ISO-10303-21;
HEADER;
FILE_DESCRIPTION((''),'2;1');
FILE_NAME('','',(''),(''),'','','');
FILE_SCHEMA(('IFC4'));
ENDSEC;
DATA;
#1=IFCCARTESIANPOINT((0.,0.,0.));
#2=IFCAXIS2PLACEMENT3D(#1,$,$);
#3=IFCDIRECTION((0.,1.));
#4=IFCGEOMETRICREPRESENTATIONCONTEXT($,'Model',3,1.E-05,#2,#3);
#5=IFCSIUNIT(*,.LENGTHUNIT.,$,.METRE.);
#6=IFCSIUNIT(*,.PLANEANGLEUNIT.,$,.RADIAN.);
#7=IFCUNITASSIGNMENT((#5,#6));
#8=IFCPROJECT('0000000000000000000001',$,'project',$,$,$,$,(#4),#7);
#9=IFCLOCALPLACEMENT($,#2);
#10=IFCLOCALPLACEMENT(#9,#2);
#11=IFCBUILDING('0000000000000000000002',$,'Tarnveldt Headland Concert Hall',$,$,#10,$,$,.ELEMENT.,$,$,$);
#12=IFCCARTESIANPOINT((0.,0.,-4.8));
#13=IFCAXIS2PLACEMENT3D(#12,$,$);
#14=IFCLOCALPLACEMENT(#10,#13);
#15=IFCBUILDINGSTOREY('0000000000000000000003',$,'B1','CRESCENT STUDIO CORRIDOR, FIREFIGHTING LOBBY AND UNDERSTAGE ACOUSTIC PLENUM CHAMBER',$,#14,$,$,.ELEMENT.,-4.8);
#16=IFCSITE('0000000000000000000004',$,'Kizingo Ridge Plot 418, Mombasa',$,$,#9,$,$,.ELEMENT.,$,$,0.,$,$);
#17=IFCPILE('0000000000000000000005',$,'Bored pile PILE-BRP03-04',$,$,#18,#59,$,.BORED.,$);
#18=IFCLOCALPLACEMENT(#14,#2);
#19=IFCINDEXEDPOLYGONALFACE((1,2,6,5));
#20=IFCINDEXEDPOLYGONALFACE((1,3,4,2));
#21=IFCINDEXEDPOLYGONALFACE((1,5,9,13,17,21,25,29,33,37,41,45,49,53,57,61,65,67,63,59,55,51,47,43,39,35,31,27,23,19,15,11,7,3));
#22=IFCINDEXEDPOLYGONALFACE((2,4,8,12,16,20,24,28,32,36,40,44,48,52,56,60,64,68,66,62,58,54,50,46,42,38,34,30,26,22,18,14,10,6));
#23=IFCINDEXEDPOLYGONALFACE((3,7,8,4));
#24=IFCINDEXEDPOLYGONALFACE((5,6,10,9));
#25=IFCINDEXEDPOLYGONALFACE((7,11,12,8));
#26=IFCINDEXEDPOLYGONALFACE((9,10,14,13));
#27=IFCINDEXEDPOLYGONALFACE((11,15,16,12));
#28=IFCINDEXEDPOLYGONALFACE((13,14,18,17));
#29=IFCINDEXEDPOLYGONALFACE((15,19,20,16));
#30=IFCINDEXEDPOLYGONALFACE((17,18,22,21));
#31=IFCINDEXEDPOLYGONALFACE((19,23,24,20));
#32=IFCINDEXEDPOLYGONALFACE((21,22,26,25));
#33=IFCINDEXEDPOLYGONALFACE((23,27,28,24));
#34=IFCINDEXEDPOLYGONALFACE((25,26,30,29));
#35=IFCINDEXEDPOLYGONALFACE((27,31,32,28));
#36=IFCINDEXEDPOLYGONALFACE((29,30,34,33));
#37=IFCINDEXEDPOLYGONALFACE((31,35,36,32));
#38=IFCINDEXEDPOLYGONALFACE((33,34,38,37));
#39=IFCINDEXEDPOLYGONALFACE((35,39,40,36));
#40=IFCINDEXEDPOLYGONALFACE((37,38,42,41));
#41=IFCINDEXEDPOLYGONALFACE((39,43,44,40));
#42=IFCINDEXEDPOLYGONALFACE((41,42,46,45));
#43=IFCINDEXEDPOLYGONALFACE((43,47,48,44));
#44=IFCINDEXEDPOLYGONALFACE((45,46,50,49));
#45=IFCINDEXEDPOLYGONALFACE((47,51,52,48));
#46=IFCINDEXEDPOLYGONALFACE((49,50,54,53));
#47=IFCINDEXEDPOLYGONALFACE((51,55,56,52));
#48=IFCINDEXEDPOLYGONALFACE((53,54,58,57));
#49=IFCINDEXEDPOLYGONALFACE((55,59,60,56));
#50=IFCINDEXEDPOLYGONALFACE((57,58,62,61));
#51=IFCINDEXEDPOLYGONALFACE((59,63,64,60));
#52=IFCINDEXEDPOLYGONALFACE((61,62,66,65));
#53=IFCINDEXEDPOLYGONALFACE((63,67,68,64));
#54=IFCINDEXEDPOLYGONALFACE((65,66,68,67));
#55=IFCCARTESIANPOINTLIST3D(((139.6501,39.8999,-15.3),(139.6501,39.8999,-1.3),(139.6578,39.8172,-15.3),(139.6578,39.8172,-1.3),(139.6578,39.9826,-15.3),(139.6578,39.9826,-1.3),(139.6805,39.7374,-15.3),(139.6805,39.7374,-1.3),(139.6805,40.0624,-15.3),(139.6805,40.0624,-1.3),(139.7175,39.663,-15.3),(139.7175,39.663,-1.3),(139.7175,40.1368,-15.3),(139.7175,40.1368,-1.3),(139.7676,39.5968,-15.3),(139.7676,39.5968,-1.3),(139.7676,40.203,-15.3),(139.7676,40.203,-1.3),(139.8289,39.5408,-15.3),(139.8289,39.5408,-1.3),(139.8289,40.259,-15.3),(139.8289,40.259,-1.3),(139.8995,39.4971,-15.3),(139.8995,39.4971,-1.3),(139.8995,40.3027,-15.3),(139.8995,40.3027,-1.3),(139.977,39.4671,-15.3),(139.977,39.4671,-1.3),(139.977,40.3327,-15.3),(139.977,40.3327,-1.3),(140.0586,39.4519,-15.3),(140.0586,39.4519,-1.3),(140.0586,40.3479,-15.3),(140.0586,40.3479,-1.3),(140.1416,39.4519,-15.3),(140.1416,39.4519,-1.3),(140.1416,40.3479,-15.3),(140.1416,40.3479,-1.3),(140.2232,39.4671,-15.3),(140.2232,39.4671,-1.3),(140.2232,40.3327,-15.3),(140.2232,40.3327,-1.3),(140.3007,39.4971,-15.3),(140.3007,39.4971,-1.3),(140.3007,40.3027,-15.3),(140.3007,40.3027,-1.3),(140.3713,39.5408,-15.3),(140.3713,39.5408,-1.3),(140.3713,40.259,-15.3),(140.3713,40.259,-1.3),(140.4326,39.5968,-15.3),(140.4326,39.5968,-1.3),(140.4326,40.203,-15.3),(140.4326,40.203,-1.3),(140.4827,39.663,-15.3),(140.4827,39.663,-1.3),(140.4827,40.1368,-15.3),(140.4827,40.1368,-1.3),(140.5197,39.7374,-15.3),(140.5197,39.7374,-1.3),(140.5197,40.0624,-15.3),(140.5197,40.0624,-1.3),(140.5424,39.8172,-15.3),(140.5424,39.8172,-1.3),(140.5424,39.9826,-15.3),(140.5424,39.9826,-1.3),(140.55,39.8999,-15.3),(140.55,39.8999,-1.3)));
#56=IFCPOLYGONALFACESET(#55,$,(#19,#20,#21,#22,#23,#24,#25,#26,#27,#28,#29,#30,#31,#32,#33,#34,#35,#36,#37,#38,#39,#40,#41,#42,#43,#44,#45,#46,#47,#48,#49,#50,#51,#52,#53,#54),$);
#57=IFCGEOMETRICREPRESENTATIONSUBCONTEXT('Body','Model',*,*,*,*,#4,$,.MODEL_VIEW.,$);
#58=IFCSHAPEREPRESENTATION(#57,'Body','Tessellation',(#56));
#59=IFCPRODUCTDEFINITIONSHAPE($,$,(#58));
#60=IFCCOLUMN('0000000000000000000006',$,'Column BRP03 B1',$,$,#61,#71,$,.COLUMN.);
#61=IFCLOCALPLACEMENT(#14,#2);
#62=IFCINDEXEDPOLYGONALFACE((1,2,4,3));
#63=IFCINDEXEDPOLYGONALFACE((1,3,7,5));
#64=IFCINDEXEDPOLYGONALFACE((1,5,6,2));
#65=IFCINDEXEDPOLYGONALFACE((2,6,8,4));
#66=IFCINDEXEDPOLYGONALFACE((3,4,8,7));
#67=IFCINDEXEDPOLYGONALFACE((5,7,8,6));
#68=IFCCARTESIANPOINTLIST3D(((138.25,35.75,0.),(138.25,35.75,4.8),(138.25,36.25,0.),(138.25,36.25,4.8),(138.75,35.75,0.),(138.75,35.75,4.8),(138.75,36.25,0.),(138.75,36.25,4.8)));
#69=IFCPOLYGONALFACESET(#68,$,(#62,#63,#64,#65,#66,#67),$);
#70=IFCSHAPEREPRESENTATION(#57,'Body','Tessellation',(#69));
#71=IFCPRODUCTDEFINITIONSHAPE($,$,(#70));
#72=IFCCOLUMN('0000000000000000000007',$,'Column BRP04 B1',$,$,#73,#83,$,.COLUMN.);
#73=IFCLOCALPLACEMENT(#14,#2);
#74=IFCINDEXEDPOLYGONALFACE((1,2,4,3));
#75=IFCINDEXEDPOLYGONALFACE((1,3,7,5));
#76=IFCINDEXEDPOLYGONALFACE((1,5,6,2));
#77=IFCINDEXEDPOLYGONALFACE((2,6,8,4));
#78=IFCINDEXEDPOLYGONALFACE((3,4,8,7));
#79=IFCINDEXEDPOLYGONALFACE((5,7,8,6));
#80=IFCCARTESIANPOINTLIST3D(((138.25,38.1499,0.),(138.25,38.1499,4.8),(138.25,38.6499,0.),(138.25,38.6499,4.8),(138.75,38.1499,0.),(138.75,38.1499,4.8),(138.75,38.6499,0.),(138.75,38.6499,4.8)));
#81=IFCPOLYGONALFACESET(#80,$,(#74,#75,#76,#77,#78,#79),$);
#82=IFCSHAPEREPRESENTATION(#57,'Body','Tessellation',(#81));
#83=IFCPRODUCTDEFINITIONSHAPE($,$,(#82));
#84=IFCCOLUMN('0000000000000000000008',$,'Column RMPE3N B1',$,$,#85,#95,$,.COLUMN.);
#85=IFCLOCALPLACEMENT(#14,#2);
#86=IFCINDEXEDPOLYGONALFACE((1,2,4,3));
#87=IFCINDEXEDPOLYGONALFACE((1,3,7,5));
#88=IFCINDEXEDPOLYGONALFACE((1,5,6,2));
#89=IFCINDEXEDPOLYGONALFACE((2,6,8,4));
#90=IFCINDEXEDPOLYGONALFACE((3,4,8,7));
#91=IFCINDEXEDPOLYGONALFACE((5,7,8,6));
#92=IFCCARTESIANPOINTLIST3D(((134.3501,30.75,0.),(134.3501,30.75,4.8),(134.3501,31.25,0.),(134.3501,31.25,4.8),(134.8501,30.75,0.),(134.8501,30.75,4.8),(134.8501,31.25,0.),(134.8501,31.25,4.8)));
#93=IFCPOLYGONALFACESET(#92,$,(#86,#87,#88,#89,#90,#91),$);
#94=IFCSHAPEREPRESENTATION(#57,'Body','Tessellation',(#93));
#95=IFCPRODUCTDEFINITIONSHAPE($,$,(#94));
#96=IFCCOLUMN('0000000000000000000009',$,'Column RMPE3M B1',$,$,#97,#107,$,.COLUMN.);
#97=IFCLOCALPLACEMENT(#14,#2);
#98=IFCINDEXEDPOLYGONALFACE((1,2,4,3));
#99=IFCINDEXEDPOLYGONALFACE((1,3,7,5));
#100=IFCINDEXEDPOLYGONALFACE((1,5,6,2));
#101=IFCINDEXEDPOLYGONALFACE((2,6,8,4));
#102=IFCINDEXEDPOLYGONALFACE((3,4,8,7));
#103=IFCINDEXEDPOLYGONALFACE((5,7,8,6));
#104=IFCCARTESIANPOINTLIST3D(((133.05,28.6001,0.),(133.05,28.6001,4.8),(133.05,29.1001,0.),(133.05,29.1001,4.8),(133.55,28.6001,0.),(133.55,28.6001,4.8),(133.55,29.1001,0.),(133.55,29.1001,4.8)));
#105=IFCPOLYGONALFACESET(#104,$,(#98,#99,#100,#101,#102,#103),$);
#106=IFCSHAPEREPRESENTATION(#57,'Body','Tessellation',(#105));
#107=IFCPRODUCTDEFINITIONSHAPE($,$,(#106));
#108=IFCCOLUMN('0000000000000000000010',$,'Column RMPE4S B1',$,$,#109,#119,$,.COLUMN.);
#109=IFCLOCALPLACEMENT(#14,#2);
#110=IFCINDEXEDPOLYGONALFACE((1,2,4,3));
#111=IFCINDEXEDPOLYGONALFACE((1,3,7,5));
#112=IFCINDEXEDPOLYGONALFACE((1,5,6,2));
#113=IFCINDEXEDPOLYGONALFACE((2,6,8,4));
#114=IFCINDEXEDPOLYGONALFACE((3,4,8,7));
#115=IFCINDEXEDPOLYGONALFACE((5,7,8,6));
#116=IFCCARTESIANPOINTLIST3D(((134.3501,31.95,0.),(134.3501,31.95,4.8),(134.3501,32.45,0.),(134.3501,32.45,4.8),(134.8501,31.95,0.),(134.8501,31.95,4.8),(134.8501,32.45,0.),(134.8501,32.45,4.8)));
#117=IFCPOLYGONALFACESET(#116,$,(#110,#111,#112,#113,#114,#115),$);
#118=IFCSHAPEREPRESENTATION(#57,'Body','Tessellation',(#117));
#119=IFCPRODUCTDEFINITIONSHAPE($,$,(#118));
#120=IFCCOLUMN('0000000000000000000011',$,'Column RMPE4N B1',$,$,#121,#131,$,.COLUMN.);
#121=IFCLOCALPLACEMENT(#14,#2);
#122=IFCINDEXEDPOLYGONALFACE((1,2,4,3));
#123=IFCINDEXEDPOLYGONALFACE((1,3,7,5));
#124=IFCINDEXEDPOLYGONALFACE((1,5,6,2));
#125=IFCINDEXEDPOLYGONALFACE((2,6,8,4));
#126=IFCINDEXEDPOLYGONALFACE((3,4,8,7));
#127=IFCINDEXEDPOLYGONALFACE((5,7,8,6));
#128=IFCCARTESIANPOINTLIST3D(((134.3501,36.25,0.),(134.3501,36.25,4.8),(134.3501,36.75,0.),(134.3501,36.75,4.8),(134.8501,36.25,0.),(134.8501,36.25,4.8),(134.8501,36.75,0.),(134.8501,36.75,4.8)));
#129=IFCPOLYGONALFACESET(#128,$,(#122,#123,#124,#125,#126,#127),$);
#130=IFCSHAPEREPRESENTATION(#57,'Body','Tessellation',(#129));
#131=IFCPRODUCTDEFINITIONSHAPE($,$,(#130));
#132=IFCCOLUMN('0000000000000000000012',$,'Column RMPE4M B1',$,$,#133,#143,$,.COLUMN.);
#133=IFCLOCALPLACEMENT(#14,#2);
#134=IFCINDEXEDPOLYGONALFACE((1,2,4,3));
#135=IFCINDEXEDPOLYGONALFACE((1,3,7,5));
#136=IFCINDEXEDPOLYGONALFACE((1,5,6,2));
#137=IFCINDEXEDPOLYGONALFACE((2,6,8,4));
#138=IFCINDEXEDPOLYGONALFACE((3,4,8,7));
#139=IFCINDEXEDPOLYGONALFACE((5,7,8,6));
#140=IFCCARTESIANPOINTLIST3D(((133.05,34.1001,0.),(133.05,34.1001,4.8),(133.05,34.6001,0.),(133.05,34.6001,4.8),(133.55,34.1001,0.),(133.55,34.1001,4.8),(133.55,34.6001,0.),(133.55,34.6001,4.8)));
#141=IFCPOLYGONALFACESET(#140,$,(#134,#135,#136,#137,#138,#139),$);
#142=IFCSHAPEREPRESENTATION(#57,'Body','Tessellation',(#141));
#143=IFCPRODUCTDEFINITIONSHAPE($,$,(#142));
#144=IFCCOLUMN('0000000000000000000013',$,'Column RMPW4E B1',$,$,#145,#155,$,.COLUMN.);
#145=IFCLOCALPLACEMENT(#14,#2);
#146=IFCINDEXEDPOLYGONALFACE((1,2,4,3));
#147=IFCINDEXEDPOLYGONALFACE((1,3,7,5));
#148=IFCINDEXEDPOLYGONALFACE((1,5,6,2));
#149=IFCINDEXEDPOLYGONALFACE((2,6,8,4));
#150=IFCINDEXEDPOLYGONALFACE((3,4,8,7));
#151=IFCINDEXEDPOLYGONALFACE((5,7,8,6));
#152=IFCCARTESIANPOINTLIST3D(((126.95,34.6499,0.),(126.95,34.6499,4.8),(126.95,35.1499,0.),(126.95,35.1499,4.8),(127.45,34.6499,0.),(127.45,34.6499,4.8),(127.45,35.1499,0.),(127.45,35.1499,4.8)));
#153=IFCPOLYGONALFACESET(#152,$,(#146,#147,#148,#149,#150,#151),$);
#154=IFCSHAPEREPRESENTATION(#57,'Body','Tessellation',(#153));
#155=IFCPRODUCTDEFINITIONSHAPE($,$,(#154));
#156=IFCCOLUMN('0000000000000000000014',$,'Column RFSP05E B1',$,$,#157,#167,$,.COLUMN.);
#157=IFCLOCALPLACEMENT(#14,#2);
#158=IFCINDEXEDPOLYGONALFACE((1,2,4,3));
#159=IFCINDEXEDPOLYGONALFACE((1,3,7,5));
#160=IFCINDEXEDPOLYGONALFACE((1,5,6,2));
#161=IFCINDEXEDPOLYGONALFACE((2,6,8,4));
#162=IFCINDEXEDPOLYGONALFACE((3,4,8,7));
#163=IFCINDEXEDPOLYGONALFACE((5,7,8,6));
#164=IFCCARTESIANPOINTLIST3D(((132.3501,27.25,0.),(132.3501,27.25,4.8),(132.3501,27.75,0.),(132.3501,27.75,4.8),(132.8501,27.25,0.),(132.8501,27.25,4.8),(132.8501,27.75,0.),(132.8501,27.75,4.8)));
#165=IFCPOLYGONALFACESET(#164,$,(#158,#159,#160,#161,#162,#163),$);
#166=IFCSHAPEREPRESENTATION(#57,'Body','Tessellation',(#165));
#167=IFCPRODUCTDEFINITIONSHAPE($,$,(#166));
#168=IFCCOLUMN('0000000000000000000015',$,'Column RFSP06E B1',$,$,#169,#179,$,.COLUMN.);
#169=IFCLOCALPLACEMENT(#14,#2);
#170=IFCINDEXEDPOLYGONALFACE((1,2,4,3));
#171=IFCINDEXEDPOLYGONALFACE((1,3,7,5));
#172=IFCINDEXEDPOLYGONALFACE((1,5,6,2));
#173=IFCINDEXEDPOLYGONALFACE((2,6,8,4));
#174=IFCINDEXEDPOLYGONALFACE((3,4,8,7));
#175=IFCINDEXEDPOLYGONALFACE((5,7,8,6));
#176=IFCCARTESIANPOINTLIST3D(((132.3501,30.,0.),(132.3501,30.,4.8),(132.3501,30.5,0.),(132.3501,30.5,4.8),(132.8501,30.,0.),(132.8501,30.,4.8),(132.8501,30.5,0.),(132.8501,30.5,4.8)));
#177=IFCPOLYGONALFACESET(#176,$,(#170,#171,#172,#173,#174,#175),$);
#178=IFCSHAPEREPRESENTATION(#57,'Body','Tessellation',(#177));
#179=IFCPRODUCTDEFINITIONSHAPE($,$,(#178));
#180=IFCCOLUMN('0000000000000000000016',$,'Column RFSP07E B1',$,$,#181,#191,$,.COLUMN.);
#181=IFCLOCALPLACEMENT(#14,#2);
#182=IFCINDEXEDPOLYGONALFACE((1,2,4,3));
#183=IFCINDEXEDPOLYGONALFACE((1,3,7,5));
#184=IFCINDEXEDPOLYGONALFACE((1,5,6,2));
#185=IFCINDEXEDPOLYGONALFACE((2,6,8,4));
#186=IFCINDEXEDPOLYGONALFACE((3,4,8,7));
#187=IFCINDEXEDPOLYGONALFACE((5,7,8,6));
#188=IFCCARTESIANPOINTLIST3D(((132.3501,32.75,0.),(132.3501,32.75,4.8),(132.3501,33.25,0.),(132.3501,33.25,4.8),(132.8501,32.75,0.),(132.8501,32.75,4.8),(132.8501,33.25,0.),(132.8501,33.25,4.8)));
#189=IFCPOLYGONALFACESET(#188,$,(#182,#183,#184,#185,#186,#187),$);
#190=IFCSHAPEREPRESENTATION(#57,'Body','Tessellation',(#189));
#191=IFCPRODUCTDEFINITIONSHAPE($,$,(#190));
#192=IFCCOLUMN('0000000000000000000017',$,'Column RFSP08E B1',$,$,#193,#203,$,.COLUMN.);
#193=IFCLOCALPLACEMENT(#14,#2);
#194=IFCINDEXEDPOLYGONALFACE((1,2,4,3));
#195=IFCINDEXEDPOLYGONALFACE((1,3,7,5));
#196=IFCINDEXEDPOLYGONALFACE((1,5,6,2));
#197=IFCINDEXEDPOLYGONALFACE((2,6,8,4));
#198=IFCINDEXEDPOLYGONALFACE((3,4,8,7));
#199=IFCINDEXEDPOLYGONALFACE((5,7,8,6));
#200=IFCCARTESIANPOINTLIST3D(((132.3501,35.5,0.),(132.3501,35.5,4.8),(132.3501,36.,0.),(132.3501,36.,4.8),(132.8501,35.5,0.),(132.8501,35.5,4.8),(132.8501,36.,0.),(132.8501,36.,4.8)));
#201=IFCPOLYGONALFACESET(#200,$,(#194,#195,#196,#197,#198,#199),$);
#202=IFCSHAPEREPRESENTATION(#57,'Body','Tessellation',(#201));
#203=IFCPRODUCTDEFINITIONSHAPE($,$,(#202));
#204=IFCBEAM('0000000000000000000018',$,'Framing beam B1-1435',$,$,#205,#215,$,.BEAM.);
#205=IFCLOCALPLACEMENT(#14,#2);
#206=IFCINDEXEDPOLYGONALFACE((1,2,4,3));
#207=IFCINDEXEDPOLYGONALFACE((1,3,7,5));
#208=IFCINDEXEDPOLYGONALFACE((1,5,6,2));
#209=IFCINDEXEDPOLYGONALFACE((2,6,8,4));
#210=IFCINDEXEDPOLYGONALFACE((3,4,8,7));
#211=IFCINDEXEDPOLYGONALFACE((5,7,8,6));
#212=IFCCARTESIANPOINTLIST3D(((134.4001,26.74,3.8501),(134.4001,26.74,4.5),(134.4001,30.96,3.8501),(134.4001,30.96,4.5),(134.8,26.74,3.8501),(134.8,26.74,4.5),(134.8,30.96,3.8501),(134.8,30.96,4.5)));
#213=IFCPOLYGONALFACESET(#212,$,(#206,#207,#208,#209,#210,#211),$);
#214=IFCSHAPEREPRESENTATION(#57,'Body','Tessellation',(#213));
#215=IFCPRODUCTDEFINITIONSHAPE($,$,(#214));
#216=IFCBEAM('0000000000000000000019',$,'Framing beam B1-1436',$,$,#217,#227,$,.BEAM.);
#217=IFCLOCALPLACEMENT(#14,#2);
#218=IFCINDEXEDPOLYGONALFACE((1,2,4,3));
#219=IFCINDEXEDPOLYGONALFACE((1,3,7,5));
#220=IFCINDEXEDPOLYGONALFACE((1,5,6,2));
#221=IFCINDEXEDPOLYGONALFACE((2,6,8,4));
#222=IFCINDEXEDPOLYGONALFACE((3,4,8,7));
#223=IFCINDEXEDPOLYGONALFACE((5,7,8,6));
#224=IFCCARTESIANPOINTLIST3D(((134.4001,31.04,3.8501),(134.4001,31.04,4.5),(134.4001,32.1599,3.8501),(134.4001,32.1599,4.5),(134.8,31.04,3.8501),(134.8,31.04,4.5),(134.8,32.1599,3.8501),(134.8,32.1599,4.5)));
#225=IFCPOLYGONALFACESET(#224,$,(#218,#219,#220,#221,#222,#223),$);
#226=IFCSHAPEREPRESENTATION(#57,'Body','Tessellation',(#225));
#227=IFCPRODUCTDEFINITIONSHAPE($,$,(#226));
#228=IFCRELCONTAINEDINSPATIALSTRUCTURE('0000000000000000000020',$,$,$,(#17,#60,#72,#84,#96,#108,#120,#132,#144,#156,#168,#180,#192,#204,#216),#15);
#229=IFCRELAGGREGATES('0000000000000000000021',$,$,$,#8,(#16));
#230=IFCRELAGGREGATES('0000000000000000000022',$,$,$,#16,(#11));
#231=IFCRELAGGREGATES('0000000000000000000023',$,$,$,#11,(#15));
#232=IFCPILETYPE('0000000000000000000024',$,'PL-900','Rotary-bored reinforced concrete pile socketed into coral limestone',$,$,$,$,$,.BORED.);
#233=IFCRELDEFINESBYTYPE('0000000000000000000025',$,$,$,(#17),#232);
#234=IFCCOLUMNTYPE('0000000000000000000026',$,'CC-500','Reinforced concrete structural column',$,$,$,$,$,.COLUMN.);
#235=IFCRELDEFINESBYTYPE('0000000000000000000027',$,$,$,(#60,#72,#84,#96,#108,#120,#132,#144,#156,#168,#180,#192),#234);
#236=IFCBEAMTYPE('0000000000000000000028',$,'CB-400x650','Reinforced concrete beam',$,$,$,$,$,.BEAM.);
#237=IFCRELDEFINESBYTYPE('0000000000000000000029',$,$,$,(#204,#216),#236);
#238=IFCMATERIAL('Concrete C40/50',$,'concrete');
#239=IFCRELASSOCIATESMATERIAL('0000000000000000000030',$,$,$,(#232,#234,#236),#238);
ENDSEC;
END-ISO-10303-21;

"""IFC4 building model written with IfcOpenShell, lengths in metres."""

from ifc_helpers import new_model, si_unit, direction, frame, origin, origin_2d, place, context, subcontext, project, spatial, rectangle, circle, extrude, material, material_profile, profile_set, type_object, element, save


model = new_model("IFC4")

# Units and contexts
model_context = context("Model", 3, precision=1e-05, world=origin(), true_north=direction((0.0, 1.0)))
body_context = subcontext(model_context, "Body", "Model", "MODEL_VIEW")
ifc_project = project(units=[si_unit("LENGTHUNIT", "METRE"), si_unit("PLANEANGLEUNIT", "RADIAN")], contexts=[model_context])

# Site, building, storey
site_placement = place(None, origin())
site = spatial("IfcSite", under=ifc_project, at=site_placement, Name="Kizingo Ridge Plot 418, Mombasa", CompositionType="ELEMENT", RefElevation=0.0)
building_placement = place(site_placement, origin())
building = spatial("IfcBuilding", under=site, at=building_placement, Name="Tarnveldt Headland Concert Hall", CompositionType="ELEMENT")
storey_placement = place(building_placement, frame((0.0, 0.0, -4.8)))
storey = spatial("IfcBuildingStorey", under=building, at=storey_placement, Name="B1", Description="CRESCENT STUDIO CORRIDOR, FIREFIGHTING LOBBY AND UNDERSTAGE ACOUSTIC PLENUM CHAMBER", CompositionType="ELEMENT", Elevation=-4.8)

# Shared definitions
ifc_material = material(Name="Concrete C40/50", Category="concrete")

# Pile
ifc_material_profile_1 = material_profile(ifc_material, circle(Radius=0.45, at=origin_2d()), Name="BORED PILE D900", Category="concrete")
ifc_profile_set_1 = profile_set([ifc_material_profile_1], Name="Concrete C40/50")
pile_type = type_object("IfcPileType", Name="PL-900", Description="Rotary-bored reinforced concrete pile socketed into coral limestone", PredefinedType="BORED", material=ifc_profile_set_1)
for number, where, z_axis, x_axis, name in (
    (1, (140.1001, 39.8999, -1.3), (0.0, 0.0, -1.0), (1.0, 0.0, 0.0), "Bored pile PILE-BRP03-04"),
):
    element("IfcPile", number, at=place(storey_placement, frame(where, z_axis=z_axis, x_axis=x_axis)), inside=storey, type_object=pile_type, Name=name, PredefinedType="BORED", context=body_context, shape_type="SweptSolid", body=[
        extrude(circle(Radius=0.45, at=origin_2d()), origin(), (0.0, 0.0, 1.0), 14.0),
    ])

# Columns
ifc_material_profile_2 = material_profile(ifc_material, rectangle(XDim=0.5, YDim=0.5, at=origin_2d()), Name="RC 500x500", Category="concrete")
ifc_profile_set_2 = profile_set([ifc_material_profile_2], Name="Concrete C40/50")
column_type = type_object("IfcColumnType", Name="CC-500", Description="Reinforced concrete structural column", PredefinedType="COLUMN", material=ifc_profile_set_2)
for number, where, z_axis, x_axis, name in (
    (2, (138.5, 36.0, 0.0), (0.0, 0.0, 1.0), (1.0, 0.0, 0.0), "Column BRP03 B1"),
    (3, (138.5, 38.3999, 0.0), (0.0, 0.0, 1.0), (1.0, 0.0, 0.0), "Column BRP04 B1"),
    (4, (134.6001, 31.0, 0.0), (0.0, 0.0, 1.0), (1.0, 0.0, 0.0), "Column RMPE3N B1"),
    (5, (133.3, 28.8501, 0.0), (0.0, 0.0, 1.0), (1.0, 0.0, 0.0), "Column RMPE3M B1"),
    (6, (134.6001, 32.2, 0.0), (0.0, 0.0, 1.0), (1.0, 0.0, 0.0), "Column RMPE4S B1"),
    (7, (134.6001, 36.5, 0.0), (0.0, 0.0, 1.0), (1.0, 0.0, 0.0), "Column RMPE4N B1"),
    (8, (133.3, 34.3501, 0.0), (0.0, 0.0, 1.0), (1.0, 0.0, 0.0), "Column RMPE4M B1"),
    (9, (127.2, 34.8999, 0.0), (0.0, 0.0, 1.0), (1.0, 0.0, 0.0), "Column RMPW4E B1"),
    (10, (132.6001, 27.5, 0.0), (0.0, 0.0, 1.0), (1.0, 0.0, 0.0), "Column RFSP05E B1"),
    (11, (132.6001, 30.25, 0.0), (0.0, 0.0, 1.0), (1.0, 0.0, 0.0), "Column RFSP06E B1"),
    (12, (132.6001, 33.0, 0.0), (0.0, 0.0, 1.0), (1.0, 0.0, 0.0), "Column RFSP07E B1"),
    (13, (132.6001, 35.75, 0.0), (0.0, 0.0, 1.0), (1.0, 0.0, 0.0), "Column RFSP08E B1"),
):
    element("IfcColumn", number, at=place(storey_placement, frame(where, z_axis=z_axis, x_axis=x_axis)), inside=storey, type_object=column_type, Name=name, PredefinedType="COLUMN", context=body_context, shape_type="SweptSolid", body=[
        extrude(rectangle(XDim=0.5, YDim=0.5, at=origin_2d()), origin(), (0.0, 0.0, 1.0), 4.8),
    ])

# Beams
ifc_material_profile_3 = material_profile(ifc_material, rectangle(XDim=0.3999, YDim=0.6499, at=origin_2d()), Name="RC 400x650", Category="concrete")
ifc_profile_set_3 = profile_set([ifc_material_profile_3], Name="Concrete C40/50")
beam_type = type_object("IfcBeamType", Name="CB-400x650", Description="Reinforced concrete beam", PredefinedType="BEAM", material=ifc_profile_set_3)
beam_1_placement = place(storey_placement, frame((134.6001, 26.74, 4.175), z_axis=(0.0, 1.0, 0.0), x_axis=(-1.0, 0.0, 0.0)))
element("IfcBeam", 14, at=beam_1_placement, inside=storey, type_object=beam_type, Name="Framing beam B1-1435", PredefinedType="BEAM", context=body_context, shape_type="SweptSolid", body=[
    extrude(rectangle(XDim=0.3999, YDim=0.6499, at=origin_2d()), origin(), (0.0, 0.0, 1.0), 4.22),
])
beam_2_placement = place(storey_placement, frame((134.6001, 31.04, 4.175), z_axis=(0.0, 1.0, 0.0), x_axis=(-1.0, 0.0, 0.0)))
element("IfcBeam", 15, at=beam_2_placement, inside=storey, type_object=beam_type, Name="Framing beam B1-1436", PredefinedType="BEAM", context=body_context, shape_type="SweptSolid", body=[
    extrude(rectangle(XDim=0.3999, YDim=0.6499, at=origin_2d()), origin(), (0.0, 0.0, 1.0), 1.1199),
])

save(model, "model.ifc")
